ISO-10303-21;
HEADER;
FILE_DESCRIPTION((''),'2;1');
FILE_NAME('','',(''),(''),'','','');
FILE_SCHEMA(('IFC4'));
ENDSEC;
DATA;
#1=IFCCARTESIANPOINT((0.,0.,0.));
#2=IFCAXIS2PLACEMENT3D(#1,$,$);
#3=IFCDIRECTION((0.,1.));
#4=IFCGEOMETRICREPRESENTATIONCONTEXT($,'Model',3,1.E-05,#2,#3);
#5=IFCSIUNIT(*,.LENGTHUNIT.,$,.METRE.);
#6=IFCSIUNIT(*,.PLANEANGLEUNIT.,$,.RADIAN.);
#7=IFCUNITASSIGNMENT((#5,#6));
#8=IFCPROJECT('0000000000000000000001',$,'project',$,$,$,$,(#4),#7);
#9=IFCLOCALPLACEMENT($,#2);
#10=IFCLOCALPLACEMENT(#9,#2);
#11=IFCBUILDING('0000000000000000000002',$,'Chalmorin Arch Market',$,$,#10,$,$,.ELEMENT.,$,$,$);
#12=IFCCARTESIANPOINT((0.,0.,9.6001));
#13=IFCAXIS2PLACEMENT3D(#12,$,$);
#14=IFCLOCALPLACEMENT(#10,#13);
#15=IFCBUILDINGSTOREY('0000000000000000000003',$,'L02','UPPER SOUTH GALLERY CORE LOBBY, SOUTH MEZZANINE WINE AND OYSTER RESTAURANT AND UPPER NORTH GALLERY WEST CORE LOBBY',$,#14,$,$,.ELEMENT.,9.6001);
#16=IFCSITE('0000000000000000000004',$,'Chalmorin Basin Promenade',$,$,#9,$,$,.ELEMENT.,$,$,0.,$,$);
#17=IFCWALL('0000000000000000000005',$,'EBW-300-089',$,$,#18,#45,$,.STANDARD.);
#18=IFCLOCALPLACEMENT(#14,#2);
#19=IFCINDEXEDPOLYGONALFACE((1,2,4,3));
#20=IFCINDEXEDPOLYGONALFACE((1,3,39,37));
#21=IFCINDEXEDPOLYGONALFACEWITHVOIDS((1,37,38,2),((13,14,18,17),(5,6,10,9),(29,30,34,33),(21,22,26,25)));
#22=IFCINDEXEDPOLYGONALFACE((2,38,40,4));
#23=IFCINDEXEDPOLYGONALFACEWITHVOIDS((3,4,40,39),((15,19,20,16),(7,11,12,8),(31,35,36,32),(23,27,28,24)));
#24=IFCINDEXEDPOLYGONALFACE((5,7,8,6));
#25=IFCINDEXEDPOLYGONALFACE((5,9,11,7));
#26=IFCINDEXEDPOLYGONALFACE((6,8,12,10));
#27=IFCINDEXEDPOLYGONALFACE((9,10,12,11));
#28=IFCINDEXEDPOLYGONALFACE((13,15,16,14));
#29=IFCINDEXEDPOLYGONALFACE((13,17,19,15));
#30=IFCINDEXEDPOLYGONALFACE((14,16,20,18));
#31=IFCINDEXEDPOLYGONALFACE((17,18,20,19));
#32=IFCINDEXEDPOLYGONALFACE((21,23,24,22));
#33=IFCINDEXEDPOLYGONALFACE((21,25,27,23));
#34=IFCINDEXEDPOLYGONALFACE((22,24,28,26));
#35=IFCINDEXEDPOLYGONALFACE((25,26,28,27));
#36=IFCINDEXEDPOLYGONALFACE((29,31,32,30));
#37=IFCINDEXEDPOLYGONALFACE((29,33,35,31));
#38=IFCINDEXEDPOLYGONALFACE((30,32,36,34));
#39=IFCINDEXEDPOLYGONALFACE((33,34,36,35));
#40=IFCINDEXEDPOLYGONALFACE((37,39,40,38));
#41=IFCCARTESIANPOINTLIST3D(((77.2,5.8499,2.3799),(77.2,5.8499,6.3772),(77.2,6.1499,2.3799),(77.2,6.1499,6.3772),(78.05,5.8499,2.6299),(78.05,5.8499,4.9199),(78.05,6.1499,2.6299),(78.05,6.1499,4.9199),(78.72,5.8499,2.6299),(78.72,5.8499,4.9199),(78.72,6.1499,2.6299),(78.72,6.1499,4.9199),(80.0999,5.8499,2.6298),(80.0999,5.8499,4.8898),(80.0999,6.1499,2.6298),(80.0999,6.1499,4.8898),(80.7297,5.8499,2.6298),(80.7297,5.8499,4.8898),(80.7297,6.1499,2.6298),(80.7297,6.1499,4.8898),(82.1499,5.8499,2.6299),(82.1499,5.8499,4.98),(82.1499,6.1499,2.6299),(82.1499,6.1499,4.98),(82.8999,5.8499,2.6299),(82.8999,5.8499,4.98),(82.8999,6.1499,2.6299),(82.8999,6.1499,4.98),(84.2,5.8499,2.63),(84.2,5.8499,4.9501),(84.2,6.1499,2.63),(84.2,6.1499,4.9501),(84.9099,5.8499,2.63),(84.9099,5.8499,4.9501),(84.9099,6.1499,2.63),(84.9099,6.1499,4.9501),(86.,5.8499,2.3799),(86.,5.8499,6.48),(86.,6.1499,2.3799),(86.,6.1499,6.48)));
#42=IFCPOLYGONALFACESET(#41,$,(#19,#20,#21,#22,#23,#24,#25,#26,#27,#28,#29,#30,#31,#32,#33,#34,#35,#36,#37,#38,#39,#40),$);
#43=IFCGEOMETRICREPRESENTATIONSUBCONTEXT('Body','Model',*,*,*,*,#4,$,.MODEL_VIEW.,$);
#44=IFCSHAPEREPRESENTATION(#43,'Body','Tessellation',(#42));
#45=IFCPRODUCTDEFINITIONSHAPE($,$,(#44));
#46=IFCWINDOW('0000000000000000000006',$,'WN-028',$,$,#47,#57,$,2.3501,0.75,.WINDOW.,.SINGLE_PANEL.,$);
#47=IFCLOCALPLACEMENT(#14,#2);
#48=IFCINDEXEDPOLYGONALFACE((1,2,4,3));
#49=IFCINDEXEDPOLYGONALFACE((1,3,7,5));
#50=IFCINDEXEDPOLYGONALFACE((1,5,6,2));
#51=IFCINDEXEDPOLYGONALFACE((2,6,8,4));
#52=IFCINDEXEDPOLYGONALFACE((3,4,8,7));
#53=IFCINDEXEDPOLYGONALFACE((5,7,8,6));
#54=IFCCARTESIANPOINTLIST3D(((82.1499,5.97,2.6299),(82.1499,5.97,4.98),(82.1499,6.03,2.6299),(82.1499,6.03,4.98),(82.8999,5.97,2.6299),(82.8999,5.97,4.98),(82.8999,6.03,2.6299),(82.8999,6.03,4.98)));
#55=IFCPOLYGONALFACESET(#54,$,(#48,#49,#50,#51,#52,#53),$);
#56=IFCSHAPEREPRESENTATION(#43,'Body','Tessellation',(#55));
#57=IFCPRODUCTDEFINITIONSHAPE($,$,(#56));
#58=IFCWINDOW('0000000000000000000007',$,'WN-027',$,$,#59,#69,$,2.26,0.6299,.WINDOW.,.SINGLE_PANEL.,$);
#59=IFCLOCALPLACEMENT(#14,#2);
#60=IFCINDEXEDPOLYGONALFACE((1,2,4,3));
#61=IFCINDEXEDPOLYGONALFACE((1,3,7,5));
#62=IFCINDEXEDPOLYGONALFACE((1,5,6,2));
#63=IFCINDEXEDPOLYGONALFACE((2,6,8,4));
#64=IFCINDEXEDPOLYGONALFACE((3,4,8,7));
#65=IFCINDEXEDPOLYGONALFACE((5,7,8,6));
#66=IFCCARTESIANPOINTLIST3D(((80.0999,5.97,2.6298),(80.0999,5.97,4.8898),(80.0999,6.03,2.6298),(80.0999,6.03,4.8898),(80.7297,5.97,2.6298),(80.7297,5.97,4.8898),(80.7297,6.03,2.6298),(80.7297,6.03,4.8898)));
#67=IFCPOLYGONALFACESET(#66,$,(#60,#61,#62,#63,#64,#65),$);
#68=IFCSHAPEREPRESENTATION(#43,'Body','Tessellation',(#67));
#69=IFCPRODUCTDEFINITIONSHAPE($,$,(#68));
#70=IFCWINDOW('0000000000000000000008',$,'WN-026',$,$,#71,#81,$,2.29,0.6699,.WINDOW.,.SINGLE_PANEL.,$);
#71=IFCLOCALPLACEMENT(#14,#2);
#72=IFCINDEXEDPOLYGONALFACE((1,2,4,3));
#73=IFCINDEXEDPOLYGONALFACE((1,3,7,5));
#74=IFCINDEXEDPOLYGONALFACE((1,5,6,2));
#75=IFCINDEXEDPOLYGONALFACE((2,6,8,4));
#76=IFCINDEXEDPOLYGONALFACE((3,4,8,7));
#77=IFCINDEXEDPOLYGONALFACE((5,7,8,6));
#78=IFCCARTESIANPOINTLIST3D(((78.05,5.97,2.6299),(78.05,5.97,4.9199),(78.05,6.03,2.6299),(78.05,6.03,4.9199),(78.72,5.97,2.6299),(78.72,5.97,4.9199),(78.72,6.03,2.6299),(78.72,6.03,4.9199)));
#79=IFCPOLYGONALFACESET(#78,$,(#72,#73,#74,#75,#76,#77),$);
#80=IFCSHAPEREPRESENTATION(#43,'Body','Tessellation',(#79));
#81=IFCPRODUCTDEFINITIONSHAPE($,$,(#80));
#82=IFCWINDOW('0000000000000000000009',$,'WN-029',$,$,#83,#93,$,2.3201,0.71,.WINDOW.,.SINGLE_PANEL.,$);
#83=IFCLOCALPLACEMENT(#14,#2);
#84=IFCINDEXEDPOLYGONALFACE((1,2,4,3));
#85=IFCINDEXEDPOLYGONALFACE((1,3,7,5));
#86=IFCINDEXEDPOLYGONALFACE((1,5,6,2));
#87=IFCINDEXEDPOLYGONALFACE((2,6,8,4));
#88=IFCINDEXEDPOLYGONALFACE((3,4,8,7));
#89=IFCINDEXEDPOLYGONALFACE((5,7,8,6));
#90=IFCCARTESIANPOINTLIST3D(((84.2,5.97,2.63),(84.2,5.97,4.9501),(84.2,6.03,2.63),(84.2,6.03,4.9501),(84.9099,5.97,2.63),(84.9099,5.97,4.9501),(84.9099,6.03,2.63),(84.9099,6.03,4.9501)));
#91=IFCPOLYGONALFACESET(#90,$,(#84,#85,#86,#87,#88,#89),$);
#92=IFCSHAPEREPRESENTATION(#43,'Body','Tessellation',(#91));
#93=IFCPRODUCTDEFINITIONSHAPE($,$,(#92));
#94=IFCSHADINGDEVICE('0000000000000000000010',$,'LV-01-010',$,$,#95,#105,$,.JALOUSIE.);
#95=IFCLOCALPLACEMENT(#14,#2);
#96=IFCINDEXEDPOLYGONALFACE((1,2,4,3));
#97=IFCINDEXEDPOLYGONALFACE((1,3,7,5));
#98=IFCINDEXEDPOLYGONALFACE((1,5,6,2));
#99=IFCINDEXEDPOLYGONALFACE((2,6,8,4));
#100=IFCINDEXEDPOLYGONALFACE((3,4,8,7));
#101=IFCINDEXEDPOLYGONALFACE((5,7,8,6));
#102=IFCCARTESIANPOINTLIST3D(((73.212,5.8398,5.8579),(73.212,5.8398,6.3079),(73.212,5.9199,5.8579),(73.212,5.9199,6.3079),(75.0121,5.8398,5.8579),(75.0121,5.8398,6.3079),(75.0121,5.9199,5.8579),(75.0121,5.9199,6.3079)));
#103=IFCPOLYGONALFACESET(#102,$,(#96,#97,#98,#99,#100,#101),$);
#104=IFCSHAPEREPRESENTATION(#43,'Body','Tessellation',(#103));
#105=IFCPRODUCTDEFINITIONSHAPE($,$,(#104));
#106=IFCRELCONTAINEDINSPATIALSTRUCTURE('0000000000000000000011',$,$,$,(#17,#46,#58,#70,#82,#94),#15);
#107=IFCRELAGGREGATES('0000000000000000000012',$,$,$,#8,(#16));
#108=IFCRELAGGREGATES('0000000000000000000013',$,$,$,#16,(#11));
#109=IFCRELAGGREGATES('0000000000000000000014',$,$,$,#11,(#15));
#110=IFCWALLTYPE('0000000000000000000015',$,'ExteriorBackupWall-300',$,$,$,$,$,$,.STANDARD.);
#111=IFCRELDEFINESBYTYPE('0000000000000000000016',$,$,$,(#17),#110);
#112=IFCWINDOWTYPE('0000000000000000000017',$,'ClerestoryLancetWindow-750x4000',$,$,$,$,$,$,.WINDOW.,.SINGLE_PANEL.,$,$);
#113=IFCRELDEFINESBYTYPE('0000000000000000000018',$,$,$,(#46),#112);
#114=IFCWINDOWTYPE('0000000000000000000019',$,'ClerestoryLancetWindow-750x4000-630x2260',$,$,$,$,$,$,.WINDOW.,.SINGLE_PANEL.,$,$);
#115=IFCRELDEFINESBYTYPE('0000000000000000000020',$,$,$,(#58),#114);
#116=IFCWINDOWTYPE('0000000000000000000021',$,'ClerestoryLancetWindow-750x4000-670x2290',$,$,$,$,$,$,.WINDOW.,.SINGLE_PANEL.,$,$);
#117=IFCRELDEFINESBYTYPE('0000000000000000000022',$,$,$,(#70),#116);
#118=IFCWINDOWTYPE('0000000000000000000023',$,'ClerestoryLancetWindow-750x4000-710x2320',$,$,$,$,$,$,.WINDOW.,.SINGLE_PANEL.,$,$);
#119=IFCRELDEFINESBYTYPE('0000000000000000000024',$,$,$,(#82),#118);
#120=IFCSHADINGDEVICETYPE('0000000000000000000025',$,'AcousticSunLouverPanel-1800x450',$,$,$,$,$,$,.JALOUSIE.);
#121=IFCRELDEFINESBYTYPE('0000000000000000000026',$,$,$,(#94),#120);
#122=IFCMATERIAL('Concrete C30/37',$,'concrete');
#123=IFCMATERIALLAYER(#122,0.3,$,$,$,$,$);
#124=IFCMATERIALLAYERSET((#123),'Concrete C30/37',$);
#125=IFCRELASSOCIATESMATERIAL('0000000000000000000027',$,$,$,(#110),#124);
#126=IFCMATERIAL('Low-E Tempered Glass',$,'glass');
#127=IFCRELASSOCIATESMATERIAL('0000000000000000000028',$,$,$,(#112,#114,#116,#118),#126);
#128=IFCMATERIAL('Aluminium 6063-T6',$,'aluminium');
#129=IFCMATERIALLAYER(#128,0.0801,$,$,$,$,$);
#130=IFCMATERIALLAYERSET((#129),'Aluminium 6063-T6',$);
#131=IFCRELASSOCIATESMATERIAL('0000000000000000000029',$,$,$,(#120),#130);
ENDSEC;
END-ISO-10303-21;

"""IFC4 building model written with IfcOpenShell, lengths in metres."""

from ifc_helpers import new_model, si_unit, direction, frame, frame_2d, origin, origin_2d, place, context, subcontext, project, spatial, polyline, rectangle, outline, extrude, material, layer, layer_set, type_object, element, fill, save


model = new_model("IFC4")

# Units and contexts
model_context = context("Model", 3, precision=1e-05, world=origin(), true_north=direction((0.0, 1.0)))
body_context = subcontext(model_context, "Body", "Model", "MODEL_VIEW")
ifc_project = project(units=[si_unit("LENGTHUNIT", "METRE"), si_unit("PLANEANGLEUNIT", "RADIAN")], contexts=[model_context])

# Site, building, storey
site_placement = place(None, origin())
site = spatial("IfcSite", under=ifc_project, at=site_placement, Name="Chalmorin Basin Promenade", CompositionType="ELEMENT", RefElevation=0.0)
building_placement = place(site_placement, origin())
building = spatial("IfcBuilding", under=site, at=building_placement, Name="Chalmorin Arch Market", CompositionType="ELEMENT")
storey_placement = place(building_placement, frame((0.0, 0.0, 9.6001)))
storey = spatial("IfcBuildingStorey", under=building, at=storey_placement, Name="L02", Description="UPPER SOUTH GALLERY CORE LOBBY, SOUTH MEZZANINE WINE AND OYSTER RESTAURANT AND UPPER NORTH GALLERY WEST CORE LOBBY", CompositionType="ELEMENT", Elevation=9.6001)

# Shared definitions
ifc_material_1 = material(Name="Aluminium 6063-T6", Category="aluminium")

# Shared definitions
ifc_material_2 = material(Name="Concrete C30/37", Category="concrete")
ifc_layer_1 = layer(ifc_material_2, 0.3)
ifc_layer_set_1 = layer_set([ifc_layer_1], Name="Concrete C30/37")
wall_type = type_object("IfcWallType", Name="ExteriorBackupWall-300", PredefinedType="STANDARD", material=ifc_layer_set_1)

# Wall, openings, windows
wall_1_placement = place(storey_placement, frame((77.2, 6.0, 2.3799), z_axis=(0.0, 0.0, 1.0), x_axis=(1.0, 0.0, 0.0)))
wall_1 = element("IfcWall", 1, at=wall_1_placement, inside=storey, type_object=wall_type, Name="EBW-300-089", PredefinedType="STANDARD", context=body_context, shape_type="SweptSolid", body=[
    extrude(outline(polyline([(0.0, 0.0), (8.8, 0.0), (8.8, 4.1001), (0.0, 3.9973), (0.0, 0.0)])), frame((0.0, 0.1499, 0.0), z_axis=(0.0, -1.0, 0.0), x_axis=(1.0, 0.0, 0.0)), (0.0, 0.0, 1.0), 0.3),
])
opening_1_placement = place(wall_1_placement, frame((0.8501, 0.0, 0.25)))
opening_1 = element("IfcOpeningElement", 2, at=opening_1_placement, cuts=wall_1, PredefinedType="OPENING", context=body_context, shape_type="SweptSolid", body=[
    extrude(rectangle(XDim=0.6699, YDim=2.29, at=frame_2d((0.335, 1.145))), frame((0.0, 0.1599, 0.0), z_axis=(0.0, -1.0, 0.0), x_axis=(1.0, 0.0, 0.0)), (0.0, 0.0, 1.0), 0.3201),
])
opening_2_placement = place(wall_1_placement, frame((2.8999, 0.0, 0.25)))
opening_2 = element("IfcOpeningElement", 3, at=opening_2_placement, cuts=wall_1, PredefinedType="OPENING", context=body_context, shape_type="SweptSolid", body=[
    extrude(rectangle(XDim=0.6299, YDim=2.26, at=frame_2d((0.3149, 1.1299))), frame((0.0, 0.1599, 0.0), z_axis=(0.0, -1.0, 0.0), x_axis=(1.0, 0.0, 0.0)), (0.0, 0.0, 1.0), 0.3201),
])
opening_3_placement = place(wall_1_placement, frame((4.95, 0.0, 0.25)))
opening_3 = element("IfcOpeningElement", 4, at=opening_3_placement, cuts=wall_1, PredefinedType="OPENING", context=body_context, shape_type="SweptSolid", body=[
    extrude(rectangle(XDim=0.75, YDim=2.3501, at=frame_2d((0.375, 1.175))), frame((0.0, 0.1599, 0.0), z_axis=(0.0, -1.0, 0.0), x_axis=(1.0, 0.0, 0.0)), (0.0, 0.0, 1.0), 0.3201),
])
opening_4_placement = place(wall_1_placement, frame((7.0, 0.0, 0.25)))
opening_4 = element("IfcOpeningElement", 5, at=opening_4_placement, cuts=wall_1, PredefinedType="OPENING", context=body_context, shape_type="SweptSolid", body=[
    extrude(rectangle(XDim=0.71, YDim=2.3201, at=frame_2d((0.355, 1.1602))), frame((0.0, 0.1599, 0.0), z_axis=(0.0, -1.0, 0.0), x_axis=(1.0, 0.0, 0.0)), (0.0, 0.0, 1.0), 0.3201),
])
ifc_material_3 = material(Name="Low-E Tempered Glass", Category="glass")
window_type_1 = type_object("IfcWindowType", Name="ClerestoryLancetWindow-750x4000", PartitioningType="SINGLE_PANEL", PredefinedType="WINDOW", material=ifc_material_3)
window_1_placement = place(opening_3_placement, origin())
window_1 = element("IfcWindow", 6, at=window_1_placement, inside=storey, type_object=window_type_1, Name="WN-028", OverallHeight=2.3501, OverallWidth=0.75, PartitioningType="SINGLE_PANEL", PredefinedType="WINDOW", context=body_context, shape_type="SweptSolid", body=[
    extrude(rectangle(XDim=0.75, YDim=2.3501, at=frame_2d((0.375, 1.175))), frame((0.0, 0.03, 0.0), z_axis=(0.0, -1.0, 0.0), x_axis=(1.0, 0.0, 0.0)), (0.0, 0.0, 1.0), 0.0601),
])
fill(opening_3, window_1)
window_type_2 = type_object("IfcWindowType", Name="ClerestoryLancetWindow-750x4000-630x2260", PartitioningType="SINGLE_PANEL", PredefinedType="WINDOW", material=ifc_material_3)
window_2_placement = place(opening_2_placement, origin())
window_2 = element("IfcWindow", 7, at=window_2_placement, inside=storey, type_object=window_type_2, Name="WN-027", OverallHeight=2.26, OverallWidth=0.6299, PartitioningType="SINGLE_PANEL", PredefinedType="WINDOW", context=body_context, shape_type="SweptSolid", body=[
    extrude(rectangle(XDim=0.6299, YDim=2.26, at=frame_2d((0.3149, 1.1299))), frame((0.0, 0.03, 0.0), z_axis=(0.0, -1.0, 0.0), x_axis=(1.0, 0.0, 0.0)), (0.0, 0.0, 1.0), 0.0601),
])
fill(opening_2, window_2)
window_type_3 = type_object("IfcWindowType", Name="ClerestoryLancetWindow-750x4000-670x2290", PartitioningType="SINGLE_PANEL", PredefinedType="WINDOW", material=ifc_material_3)
window_3_placement = place(opening_1_placement, origin())
window_3 = element("IfcWindow", 8, at=window_3_placement, inside=storey, type_object=window_type_3, Name="WN-026", OverallHeight=2.29, OverallWidth=0.6699, PartitioningType="SINGLE_PANEL", PredefinedType="WINDOW", context=body_context, shape_type="SweptSolid", body=[
    extrude(rectangle(XDim=0.6699, YDim=2.29, at=frame_2d((0.335, 1.145))), frame((0.0, 0.03, 0.0), z_axis=(0.0, -1.0, 0.0), x_axis=(1.0, 0.0, 0.0)), (0.0, 0.0, 1.0), 0.0601),
])
fill(opening_1, window_3)
window_type_4 = type_object("IfcWindowType", Name="ClerestoryLancetWindow-750x4000-710x2320", PartitioningType="SINGLE_PANEL", PredefinedType="WINDOW", material=ifc_material_3)
window_4_placement = place(opening_4_placement, origin())
window_4 = element("IfcWindow", 9, at=window_4_placement, inside=storey, type_object=window_type_4, Name="WN-029", OverallHeight=2.3201, OverallWidth=0.71, PartitioningType="SINGLE_PANEL", PredefinedType="WINDOW", context=body_context, shape_type="SweptSolid", body=[
    extrude(rectangle(XDim=0.71, YDim=2.3201, at=frame_2d((0.355, 1.1602))), frame((0.0, 0.03, 0.0), z_axis=(0.0, -1.0, 0.0), x_axis=(1.0, 0.0, 0.0)), (0.0, 0.0, 1.0), 0.0601),
])
fill(opening_4, window_4)

# Shading device
ifc_layer_2 = layer(ifc_material_1, 0.0801)
ifc_layer_set_2 = layer_set([ifc_layer_2], Name="Aluminium 6063-T6")
shading_device_type = type_object("IfcShadingDeviceType", Name="AcousticSunLouverPanel-1800x450", PredefinedType="JALOUSIE", material=ifc_layer_set_2)
shading_device_placement = place(storey_placement, frame((74.1121, 5.8799, 5.8579), z_axis=(0.0, 0.0, 1.0), x_axis=(1.0, 0.0, 0.0)))
element("IfcShadingDevice", 10, at=shading_device_placement, inside=storey, type_object=shading_device_type, Name="LV-01-010", PredefinedType="JALOUSIE", context=body_context, shape_type="SweptSolid", body=[
    extrude(rectangle(XDim=1.8, YDim=0.0801, at=origin_2d()), origin(), (0.0, 0.0, 1.0), 0.45),
])

save(model, "model.ifc")
